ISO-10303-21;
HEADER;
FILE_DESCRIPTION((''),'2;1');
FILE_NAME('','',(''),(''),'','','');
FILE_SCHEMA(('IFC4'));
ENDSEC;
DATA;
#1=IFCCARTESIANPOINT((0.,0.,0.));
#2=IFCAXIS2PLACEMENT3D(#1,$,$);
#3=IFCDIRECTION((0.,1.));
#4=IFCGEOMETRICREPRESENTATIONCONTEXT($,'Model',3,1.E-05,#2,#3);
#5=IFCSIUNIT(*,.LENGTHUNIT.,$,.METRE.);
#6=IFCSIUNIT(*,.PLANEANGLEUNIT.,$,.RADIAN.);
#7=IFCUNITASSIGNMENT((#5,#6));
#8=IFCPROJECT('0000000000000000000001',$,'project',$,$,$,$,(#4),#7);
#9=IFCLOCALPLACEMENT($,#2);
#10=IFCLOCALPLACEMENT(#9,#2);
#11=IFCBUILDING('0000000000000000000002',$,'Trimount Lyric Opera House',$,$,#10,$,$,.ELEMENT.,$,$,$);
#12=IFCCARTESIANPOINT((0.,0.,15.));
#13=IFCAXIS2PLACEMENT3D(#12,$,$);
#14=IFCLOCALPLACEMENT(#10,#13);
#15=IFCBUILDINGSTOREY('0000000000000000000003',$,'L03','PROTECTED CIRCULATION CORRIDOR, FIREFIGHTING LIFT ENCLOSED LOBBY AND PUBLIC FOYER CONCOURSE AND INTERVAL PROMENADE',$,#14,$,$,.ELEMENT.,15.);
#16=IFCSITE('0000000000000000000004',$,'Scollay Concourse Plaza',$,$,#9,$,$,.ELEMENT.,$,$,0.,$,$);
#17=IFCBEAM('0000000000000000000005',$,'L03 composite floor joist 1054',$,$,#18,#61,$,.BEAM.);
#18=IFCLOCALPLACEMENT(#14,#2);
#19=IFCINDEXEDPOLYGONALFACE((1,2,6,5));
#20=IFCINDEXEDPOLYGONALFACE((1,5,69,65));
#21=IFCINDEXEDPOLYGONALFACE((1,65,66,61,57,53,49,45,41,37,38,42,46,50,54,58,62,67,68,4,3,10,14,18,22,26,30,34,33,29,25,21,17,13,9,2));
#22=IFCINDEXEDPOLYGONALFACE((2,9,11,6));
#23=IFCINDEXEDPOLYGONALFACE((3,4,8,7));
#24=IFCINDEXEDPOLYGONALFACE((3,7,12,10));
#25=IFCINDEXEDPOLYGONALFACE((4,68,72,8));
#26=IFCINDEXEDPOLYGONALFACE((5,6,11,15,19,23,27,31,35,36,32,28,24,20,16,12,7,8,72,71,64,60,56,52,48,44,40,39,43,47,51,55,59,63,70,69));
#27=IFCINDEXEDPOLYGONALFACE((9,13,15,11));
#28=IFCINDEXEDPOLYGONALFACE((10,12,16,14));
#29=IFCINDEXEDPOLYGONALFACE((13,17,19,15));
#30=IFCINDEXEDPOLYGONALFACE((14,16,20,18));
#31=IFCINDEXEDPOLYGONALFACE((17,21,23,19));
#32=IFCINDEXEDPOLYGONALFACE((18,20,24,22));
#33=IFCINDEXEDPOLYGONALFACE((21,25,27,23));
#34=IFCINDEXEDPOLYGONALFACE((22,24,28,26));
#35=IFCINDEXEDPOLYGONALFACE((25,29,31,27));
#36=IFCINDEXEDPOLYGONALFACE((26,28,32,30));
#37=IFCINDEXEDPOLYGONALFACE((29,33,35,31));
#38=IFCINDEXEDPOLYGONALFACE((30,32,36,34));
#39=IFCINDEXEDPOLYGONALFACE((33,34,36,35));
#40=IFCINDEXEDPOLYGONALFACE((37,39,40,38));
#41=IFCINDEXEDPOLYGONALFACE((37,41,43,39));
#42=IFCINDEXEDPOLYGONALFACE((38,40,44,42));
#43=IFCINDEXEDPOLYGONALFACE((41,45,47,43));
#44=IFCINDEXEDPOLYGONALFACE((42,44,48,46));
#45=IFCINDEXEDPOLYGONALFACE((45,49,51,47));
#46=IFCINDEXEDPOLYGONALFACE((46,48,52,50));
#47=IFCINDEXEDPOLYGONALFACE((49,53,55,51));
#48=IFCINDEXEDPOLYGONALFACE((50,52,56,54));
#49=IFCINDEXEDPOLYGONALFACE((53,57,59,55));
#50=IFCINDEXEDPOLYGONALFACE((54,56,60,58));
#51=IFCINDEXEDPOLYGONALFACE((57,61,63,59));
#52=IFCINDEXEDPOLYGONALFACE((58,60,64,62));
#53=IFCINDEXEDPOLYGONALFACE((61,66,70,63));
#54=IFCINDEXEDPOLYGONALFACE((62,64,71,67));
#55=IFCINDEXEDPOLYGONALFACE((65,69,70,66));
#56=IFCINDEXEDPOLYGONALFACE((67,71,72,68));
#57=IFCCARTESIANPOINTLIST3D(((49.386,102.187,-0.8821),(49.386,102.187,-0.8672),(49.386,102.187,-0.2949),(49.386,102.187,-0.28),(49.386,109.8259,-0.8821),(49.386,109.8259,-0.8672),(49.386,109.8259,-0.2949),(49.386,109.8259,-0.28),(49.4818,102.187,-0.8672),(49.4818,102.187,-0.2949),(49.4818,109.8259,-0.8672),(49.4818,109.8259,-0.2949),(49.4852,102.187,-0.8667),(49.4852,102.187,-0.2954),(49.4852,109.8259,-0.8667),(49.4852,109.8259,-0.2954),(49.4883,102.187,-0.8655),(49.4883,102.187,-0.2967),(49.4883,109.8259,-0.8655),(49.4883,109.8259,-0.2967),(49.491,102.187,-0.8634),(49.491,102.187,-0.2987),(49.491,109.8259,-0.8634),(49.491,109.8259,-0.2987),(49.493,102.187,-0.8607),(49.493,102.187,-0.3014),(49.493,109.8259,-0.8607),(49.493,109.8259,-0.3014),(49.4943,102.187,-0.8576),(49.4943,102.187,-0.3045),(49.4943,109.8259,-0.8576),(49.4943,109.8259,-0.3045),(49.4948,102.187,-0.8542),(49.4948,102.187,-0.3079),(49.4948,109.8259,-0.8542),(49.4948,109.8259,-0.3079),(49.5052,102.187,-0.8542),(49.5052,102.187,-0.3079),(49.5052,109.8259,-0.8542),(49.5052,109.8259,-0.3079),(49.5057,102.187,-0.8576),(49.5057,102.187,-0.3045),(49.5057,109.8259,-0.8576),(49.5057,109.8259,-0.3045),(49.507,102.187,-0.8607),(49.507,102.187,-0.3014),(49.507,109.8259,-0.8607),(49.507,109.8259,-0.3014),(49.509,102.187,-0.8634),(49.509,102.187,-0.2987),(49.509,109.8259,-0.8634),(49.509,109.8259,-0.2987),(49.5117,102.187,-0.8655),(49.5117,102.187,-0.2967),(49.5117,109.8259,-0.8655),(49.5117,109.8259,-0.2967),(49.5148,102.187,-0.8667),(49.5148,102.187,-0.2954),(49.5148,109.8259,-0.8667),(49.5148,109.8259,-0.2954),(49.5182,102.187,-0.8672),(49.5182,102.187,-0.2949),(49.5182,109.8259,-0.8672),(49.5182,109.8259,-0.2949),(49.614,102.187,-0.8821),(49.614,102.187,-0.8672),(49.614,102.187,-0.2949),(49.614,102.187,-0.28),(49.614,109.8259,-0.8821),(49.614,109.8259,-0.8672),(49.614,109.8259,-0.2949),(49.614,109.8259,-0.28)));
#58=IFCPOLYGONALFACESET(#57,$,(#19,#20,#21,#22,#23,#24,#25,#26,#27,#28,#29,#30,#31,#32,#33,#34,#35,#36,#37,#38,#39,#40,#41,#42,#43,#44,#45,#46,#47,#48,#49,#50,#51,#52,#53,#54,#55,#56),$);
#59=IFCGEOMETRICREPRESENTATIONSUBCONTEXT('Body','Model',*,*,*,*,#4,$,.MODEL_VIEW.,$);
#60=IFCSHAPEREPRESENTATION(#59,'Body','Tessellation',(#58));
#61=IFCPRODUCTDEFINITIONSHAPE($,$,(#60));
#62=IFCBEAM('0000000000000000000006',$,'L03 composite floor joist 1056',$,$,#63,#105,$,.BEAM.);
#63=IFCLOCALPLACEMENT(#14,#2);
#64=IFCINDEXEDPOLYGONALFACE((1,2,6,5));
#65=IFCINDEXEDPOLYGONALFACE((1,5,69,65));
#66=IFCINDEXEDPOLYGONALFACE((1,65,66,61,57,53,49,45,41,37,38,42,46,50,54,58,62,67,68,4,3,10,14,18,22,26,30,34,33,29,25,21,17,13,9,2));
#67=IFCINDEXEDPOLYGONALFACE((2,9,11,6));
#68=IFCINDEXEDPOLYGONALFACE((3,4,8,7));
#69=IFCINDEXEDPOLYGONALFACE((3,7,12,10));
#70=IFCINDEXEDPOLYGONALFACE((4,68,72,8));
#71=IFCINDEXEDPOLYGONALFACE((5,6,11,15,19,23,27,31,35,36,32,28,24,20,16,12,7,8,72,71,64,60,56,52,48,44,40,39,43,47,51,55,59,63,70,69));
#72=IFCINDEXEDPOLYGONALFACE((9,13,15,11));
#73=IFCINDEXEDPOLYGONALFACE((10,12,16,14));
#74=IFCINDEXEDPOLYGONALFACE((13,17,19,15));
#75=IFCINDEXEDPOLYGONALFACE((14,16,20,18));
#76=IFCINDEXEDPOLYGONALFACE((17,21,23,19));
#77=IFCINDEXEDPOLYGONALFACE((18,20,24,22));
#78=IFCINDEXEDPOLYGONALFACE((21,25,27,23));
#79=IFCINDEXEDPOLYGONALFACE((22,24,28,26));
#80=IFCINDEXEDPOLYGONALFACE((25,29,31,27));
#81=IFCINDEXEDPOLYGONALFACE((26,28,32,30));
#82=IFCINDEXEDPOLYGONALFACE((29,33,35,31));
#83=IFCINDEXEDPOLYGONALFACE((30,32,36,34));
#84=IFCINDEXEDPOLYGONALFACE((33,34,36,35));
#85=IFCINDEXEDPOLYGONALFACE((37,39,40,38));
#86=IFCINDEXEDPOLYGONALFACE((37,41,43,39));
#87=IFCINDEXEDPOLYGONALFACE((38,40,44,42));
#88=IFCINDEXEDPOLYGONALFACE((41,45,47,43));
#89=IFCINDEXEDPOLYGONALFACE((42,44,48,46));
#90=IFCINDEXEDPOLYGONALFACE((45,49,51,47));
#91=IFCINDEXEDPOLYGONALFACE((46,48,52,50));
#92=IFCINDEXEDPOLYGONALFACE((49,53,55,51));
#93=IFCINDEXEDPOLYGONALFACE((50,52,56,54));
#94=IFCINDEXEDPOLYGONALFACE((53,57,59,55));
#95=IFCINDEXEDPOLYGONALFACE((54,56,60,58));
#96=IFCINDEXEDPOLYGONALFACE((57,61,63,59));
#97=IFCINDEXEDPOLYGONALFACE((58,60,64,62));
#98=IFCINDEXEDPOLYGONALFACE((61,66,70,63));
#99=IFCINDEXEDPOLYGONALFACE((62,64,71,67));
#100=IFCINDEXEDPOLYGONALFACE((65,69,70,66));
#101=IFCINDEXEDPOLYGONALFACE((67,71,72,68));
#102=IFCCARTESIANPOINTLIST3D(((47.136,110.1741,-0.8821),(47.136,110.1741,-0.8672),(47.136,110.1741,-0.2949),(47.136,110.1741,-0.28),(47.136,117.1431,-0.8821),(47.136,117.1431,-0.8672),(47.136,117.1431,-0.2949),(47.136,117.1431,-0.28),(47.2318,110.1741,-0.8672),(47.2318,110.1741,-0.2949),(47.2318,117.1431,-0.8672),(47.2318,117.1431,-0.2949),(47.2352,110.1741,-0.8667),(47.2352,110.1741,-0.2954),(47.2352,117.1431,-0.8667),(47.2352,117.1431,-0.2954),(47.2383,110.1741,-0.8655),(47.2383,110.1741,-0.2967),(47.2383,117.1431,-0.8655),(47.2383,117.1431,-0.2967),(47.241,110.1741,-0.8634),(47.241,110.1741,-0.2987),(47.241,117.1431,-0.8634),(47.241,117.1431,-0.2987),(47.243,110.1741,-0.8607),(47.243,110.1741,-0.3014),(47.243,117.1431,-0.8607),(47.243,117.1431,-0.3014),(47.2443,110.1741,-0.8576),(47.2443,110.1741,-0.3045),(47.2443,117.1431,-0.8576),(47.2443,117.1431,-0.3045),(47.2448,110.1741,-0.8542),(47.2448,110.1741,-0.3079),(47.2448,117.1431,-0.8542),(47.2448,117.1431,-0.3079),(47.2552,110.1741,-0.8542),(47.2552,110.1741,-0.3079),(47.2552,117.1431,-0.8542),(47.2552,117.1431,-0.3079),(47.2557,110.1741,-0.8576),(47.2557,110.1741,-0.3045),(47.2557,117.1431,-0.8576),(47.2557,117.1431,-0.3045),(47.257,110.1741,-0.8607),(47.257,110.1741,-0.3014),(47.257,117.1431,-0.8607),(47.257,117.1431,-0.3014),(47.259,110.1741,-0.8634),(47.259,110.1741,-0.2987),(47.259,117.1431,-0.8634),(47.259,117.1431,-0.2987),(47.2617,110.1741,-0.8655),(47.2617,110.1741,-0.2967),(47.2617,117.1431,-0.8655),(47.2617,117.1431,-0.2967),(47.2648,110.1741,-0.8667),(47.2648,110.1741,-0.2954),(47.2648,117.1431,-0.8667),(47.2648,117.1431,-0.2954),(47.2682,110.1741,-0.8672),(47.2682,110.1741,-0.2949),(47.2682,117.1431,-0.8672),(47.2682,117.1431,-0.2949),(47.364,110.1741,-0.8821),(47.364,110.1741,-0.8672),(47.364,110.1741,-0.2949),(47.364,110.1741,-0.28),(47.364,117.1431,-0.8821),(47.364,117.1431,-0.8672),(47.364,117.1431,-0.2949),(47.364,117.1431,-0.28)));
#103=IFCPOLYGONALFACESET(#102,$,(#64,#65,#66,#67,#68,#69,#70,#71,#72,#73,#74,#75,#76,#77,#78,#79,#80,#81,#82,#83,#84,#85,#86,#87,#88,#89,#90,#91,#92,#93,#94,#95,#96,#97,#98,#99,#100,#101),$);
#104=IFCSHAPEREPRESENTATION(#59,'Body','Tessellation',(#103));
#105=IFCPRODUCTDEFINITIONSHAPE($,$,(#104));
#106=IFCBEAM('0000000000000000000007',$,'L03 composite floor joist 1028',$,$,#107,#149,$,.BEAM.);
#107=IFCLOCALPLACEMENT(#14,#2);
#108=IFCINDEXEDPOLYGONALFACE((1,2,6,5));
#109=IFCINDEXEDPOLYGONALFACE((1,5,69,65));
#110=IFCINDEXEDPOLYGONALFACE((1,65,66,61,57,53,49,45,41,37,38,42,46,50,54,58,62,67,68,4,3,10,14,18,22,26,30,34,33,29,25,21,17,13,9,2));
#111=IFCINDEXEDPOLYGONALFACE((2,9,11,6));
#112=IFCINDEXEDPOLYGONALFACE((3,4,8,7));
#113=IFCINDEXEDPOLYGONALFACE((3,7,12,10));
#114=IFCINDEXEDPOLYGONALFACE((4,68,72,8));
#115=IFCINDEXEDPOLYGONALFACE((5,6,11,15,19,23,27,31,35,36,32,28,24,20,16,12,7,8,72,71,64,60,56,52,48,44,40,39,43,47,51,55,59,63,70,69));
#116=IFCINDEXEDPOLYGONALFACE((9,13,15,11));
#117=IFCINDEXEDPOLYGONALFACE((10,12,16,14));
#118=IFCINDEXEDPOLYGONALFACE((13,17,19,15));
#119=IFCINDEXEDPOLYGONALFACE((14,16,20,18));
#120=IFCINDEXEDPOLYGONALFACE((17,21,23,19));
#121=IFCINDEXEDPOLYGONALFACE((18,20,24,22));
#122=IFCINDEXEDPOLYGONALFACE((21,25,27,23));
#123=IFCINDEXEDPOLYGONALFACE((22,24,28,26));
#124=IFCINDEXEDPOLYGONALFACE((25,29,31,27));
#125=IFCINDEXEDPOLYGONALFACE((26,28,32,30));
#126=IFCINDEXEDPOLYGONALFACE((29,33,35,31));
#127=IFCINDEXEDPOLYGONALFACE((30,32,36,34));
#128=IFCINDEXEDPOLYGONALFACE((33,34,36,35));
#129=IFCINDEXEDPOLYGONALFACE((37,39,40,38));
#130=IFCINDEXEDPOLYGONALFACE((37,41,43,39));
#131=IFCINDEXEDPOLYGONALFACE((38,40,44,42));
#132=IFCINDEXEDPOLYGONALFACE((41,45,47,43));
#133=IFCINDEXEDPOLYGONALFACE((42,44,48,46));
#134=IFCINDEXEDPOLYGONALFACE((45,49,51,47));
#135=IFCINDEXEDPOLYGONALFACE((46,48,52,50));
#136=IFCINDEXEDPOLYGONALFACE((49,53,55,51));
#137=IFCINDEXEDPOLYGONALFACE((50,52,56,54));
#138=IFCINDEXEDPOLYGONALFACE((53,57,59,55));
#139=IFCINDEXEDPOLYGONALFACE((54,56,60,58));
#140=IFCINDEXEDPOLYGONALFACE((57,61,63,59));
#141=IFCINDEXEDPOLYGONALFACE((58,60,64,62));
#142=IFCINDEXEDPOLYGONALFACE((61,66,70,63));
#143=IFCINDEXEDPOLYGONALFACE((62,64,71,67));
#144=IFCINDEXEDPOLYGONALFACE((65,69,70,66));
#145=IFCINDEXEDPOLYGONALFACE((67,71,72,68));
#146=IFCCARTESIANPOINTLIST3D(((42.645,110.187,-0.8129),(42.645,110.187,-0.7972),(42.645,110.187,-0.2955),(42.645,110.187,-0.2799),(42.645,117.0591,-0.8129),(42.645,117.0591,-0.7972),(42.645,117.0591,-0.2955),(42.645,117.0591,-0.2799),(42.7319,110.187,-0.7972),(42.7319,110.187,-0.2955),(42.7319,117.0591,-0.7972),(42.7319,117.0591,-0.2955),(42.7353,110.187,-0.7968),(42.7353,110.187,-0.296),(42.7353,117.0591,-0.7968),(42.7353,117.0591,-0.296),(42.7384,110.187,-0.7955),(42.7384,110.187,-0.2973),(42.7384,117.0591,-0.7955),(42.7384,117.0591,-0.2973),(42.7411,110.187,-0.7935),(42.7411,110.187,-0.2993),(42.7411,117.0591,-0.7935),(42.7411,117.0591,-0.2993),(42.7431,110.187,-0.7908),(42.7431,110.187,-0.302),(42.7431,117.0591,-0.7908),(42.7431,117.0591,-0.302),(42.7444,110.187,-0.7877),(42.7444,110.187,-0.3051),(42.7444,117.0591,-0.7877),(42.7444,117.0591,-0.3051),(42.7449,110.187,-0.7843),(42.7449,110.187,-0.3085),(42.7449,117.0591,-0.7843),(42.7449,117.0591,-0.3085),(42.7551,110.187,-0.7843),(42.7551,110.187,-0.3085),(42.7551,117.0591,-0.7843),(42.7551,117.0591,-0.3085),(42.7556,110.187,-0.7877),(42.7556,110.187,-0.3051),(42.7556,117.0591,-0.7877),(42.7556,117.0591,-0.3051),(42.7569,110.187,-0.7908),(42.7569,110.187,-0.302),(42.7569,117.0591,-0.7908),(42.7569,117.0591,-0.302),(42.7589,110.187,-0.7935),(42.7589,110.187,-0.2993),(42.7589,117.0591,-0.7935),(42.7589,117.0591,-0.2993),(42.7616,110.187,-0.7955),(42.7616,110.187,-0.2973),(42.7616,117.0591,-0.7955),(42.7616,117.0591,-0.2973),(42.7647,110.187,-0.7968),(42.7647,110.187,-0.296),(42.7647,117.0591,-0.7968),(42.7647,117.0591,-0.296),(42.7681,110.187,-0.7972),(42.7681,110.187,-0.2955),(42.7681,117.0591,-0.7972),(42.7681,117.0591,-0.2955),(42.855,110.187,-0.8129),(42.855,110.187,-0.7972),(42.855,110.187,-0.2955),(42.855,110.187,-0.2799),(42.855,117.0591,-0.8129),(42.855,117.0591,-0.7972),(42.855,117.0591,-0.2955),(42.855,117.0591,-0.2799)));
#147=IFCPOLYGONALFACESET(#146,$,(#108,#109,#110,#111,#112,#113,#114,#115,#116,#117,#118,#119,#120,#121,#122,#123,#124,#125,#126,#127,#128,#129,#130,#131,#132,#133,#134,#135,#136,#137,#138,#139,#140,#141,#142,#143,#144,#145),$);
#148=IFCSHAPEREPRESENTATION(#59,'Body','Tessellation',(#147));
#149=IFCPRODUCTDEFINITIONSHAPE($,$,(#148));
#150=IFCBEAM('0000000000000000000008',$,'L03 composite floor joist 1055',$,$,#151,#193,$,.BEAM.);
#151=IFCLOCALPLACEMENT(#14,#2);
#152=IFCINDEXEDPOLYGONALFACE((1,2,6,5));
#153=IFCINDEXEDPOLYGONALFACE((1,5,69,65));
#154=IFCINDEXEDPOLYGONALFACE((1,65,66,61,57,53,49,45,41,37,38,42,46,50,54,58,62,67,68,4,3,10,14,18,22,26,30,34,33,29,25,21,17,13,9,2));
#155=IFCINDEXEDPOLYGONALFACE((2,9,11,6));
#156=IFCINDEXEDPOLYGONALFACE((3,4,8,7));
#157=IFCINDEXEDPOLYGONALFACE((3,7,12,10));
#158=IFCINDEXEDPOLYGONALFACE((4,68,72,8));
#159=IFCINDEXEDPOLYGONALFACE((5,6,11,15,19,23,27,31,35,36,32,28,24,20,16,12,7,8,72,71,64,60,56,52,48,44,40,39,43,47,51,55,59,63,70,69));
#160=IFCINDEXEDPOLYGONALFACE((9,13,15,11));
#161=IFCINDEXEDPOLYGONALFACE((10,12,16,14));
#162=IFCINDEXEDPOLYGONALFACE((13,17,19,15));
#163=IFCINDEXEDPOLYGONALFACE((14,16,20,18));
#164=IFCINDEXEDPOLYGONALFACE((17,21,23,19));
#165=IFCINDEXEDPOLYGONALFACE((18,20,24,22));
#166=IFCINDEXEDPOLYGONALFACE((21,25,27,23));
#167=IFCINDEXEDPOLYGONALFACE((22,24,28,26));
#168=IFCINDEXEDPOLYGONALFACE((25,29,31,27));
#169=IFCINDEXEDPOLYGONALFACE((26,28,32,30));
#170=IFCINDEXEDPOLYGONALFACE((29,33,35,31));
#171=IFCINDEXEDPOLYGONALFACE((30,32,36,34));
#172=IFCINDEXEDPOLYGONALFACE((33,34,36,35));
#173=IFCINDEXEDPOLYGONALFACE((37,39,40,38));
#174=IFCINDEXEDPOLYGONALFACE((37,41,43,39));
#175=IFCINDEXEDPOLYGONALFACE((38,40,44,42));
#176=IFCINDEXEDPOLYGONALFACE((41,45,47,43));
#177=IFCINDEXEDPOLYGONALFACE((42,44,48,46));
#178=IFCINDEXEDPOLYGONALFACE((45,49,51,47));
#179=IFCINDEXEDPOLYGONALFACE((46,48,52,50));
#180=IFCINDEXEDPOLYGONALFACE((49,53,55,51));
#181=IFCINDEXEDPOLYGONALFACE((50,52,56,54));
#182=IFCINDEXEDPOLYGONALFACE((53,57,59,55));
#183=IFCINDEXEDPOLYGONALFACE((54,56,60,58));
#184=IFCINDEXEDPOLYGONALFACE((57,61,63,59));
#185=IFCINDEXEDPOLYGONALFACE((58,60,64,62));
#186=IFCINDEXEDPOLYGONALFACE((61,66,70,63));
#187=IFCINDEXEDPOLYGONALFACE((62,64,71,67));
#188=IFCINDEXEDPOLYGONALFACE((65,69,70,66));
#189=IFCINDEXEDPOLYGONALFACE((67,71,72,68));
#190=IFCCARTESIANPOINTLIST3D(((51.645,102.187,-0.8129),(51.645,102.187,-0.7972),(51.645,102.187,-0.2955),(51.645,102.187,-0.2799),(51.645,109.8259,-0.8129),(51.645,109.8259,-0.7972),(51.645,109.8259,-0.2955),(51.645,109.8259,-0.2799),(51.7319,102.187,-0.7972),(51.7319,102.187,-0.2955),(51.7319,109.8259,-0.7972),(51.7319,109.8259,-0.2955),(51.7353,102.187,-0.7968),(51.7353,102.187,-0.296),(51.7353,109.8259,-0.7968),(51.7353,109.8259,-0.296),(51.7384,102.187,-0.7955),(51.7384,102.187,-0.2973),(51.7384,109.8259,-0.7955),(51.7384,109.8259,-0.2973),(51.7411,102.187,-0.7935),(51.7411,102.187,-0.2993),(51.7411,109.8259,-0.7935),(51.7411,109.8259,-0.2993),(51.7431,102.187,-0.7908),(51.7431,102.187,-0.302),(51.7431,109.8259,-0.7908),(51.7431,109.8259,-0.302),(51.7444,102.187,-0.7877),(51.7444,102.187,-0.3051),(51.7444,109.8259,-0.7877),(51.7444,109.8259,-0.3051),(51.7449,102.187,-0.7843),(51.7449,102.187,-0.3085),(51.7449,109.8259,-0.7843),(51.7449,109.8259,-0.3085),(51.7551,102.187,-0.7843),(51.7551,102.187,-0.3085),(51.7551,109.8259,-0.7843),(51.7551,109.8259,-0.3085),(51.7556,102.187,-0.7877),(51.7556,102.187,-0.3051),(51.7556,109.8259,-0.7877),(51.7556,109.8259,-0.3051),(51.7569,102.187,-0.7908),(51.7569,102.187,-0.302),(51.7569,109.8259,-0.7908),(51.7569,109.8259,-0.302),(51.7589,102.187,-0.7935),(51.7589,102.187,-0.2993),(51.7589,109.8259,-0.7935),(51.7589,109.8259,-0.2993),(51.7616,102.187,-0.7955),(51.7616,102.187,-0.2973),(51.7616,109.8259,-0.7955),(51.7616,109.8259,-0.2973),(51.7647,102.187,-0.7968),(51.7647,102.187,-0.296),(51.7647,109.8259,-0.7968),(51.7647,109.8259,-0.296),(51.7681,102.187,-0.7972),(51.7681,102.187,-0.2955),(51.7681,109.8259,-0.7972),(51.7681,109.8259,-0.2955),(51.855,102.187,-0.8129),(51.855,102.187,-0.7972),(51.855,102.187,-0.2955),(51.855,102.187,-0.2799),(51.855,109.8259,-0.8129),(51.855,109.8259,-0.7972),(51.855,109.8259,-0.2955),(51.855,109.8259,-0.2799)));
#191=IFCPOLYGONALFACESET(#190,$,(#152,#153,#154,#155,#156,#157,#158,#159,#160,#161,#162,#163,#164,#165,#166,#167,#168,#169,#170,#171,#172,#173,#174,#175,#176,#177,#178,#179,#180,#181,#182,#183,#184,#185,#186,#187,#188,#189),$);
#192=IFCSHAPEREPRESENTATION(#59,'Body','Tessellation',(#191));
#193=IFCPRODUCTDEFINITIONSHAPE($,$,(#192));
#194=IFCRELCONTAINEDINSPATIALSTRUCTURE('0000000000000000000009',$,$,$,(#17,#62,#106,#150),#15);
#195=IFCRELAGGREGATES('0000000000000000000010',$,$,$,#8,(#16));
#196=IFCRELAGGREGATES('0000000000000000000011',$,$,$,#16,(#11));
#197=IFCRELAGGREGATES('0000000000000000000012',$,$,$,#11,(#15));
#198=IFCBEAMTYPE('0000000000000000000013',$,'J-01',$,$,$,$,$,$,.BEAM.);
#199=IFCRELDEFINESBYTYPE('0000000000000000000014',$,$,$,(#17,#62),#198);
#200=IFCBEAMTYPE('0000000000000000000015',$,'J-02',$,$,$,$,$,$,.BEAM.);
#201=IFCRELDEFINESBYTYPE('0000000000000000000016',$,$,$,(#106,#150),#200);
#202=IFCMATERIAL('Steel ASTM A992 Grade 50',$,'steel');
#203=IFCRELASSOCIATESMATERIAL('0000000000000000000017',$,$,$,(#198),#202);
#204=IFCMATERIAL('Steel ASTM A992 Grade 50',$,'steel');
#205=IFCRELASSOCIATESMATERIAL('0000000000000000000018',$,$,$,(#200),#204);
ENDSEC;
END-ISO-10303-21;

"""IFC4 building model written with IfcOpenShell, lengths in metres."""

from ifc_helpers import new_model, si_unit, direction, frame, origin, origin_2d, place, context, subcontext, project, spatial, i_section, extrude, material, material_profile, profile_set, type_object, element, save


model = new_model("IFC4")

# Units and contexts
model_context = context("Model", 3, precision=1e-05, world=origin(), true_north=direction((0.0, 1.0)))
body_context = subcontext(model_context, "Body", "Model", "MODEL_VIEW")
ifc_project = project(units=[si_unit("LENGTHUNIT", "METRE"), si_unit("PLANEANGLEUNIT", "RADIAN")], contexts=[model_context])

# Site, building, storey
site_placement = place(None, origin())
site = spatial("IfcSite", under=ifc_project, at=site_placement, Name="Scollay Concourse Plaza", CompositionType="ELEMENT", RefElevation=0.0)
building_placement = place(site_placement, origin())
building = spatial("IfcBuilding", under=site, at=building_placement, Name="Trimount Lyric Opera House", CompositionType="ELEMENT")
storey_placement = place(building_placement, frame((0.0, 0.0, 15.0)))
storey = spatial("IfcBuildingStorey", under=building, at=storey_placement, Name="L03", Description="PROTECTED CIRCULATION CORRIDOR, FIREFIGHTING LIFT ENCLOSED LOBBY AND PUBLIC FOYER CONCOURSE AND INTERVAL PROMENADE", CompositionType="ELEMENT", Elevation=15.0)

# Beams
ifc_material_1 = material(Name="Steel ASTM A992 Grade 50", Category="steel")
ifc_material_profile_1 = material_profile(ifc_material_1, i_section(OverallWidth=0.228, OverallDepth=0.6021, WebThickness=0.0105, FlangeThickness=0.0149, FilletRadius=0.0129, at=origin_2d()), Name="W24X68")
ifc_profile_set_1 = profile_set([ifc_material_profile_1], Name="Steel ASTM A992 Grade 50")
beam_type_1 = type_object("IfcBeamType", Name="J-01", PredefinedType="BEAM", material=ifc_profile_set_1)
beam_1_placement = place(storey_placement, frame((49.5, 102.187, -0.5811), z_axis=(0.0, 1.0, 0.0), x_axis=(-1.0, 0.0, 0.0)))
element("IfcBeam", 1, at=beam_1_placement, inside=storey, type_object=beam_type_1, Name="L03 composite floor joist 1054", PredefinedType="BEAM", context=body_context, shape_type="SweptSolid", body=[
    extrude(i_section(OverallWidth=0.228, OverallDepth=0.6021, WebThickness=0.0105, FlangeThickness=0.0149, FilletRadius=0.0129, at=origin_2d()), origin(), (0.0, 0.0, 1.0), 7.6389),
])
beam_2_placement = place(storey_placement, frame((47.25, 110.1741, -0.5811), z_axis=(0.0, 1.0, 0.0), x_axis=(-1.0, 0.0, 0.0)))
element("IfcBeam", 2, at=beam_2_placement, inside=storey, type_object=beam_type_1, Name="L03 composite floor joist 1056", PredefinedType="BEAM", context=body_context, shape_type="SweptSolid", body=[
    extrude(i_section(OverallWidth=0.228, OverallDepth=0.6021, WebThickness=0.0105, FlangeThickness=0.0149, FilletRadius=0.0129, at=origin_2d()), origin(), (0.0, 0.0, 1.0), 6.969),
])
ifc_material_2 = material(Name="Steel ASTM A992 Grade 50", Category="steel")
ifc_material_profile_2 = material_profile(ifc_material_2, i_section(OverallWidth=0.21, OverallDepth=0.533, WebThickness=0.0103, FlangeThickness=0.0156, FilletRadius=0.0129, at=origin_2d()), Name="W21X62")
ifc_profile_set_2 = profile_set([ifc_material_profile_2], Name="Steel ASTM A992 Grade 50")
beam_type_2 = type_object("IfcBeamType", Name="J-02", PredefinedType="BEAM", material=ifc_profile_set_2)
beam_3_placement = place(storey_placement, frame((42.75, 110.187, -0.5464), z_axis=(0.0, 1.0, 0.0), x_axis=(-1.0, 0.0, 0.0)))
element("IfcBeam", 3, at=beam_3_placement, inside=storey, type_object=beam_type_2, Name="L03 composite floor joist 1028", PredefinedType="BEAM", context=body_context, shape_type="SweptSolid", body=[
    extrude(i_section(OverallWidth=0.21, OverallDepth=0.533, WebThickness=0.0103, FlangeThickness=0.0156, FilletRadius=0.0129, at=origin_2d()), origin(), (0.0, 0.0, 1.0), 6.8721),
])
beam_4_placement = place(storey_placement, frame((51.75, 102.187, -0.5464), z_axis=(0.0, 1.0, 0.0), x_axis=(-1.0, 0.0, 0.0)))
element("IfcBeam", 4, at=beam_4_placement, inside=storey, type_object=beam_type_2, Name="L03 composite floor joist 1055", PredefinedType="BEAM", context=body_context, shape_type="SweptSolid", body=[
    extrude(i_section(OverallWidth=0.21, OverallDepth=0.533, WebThickness=0.0103, FlangeThickness=0.0156, FilletRadius=0.0129, at=origin_2d()), origin(), (0.0, 0.0, 1.0), 7.6389),
])

save(model, "model.ifc")
